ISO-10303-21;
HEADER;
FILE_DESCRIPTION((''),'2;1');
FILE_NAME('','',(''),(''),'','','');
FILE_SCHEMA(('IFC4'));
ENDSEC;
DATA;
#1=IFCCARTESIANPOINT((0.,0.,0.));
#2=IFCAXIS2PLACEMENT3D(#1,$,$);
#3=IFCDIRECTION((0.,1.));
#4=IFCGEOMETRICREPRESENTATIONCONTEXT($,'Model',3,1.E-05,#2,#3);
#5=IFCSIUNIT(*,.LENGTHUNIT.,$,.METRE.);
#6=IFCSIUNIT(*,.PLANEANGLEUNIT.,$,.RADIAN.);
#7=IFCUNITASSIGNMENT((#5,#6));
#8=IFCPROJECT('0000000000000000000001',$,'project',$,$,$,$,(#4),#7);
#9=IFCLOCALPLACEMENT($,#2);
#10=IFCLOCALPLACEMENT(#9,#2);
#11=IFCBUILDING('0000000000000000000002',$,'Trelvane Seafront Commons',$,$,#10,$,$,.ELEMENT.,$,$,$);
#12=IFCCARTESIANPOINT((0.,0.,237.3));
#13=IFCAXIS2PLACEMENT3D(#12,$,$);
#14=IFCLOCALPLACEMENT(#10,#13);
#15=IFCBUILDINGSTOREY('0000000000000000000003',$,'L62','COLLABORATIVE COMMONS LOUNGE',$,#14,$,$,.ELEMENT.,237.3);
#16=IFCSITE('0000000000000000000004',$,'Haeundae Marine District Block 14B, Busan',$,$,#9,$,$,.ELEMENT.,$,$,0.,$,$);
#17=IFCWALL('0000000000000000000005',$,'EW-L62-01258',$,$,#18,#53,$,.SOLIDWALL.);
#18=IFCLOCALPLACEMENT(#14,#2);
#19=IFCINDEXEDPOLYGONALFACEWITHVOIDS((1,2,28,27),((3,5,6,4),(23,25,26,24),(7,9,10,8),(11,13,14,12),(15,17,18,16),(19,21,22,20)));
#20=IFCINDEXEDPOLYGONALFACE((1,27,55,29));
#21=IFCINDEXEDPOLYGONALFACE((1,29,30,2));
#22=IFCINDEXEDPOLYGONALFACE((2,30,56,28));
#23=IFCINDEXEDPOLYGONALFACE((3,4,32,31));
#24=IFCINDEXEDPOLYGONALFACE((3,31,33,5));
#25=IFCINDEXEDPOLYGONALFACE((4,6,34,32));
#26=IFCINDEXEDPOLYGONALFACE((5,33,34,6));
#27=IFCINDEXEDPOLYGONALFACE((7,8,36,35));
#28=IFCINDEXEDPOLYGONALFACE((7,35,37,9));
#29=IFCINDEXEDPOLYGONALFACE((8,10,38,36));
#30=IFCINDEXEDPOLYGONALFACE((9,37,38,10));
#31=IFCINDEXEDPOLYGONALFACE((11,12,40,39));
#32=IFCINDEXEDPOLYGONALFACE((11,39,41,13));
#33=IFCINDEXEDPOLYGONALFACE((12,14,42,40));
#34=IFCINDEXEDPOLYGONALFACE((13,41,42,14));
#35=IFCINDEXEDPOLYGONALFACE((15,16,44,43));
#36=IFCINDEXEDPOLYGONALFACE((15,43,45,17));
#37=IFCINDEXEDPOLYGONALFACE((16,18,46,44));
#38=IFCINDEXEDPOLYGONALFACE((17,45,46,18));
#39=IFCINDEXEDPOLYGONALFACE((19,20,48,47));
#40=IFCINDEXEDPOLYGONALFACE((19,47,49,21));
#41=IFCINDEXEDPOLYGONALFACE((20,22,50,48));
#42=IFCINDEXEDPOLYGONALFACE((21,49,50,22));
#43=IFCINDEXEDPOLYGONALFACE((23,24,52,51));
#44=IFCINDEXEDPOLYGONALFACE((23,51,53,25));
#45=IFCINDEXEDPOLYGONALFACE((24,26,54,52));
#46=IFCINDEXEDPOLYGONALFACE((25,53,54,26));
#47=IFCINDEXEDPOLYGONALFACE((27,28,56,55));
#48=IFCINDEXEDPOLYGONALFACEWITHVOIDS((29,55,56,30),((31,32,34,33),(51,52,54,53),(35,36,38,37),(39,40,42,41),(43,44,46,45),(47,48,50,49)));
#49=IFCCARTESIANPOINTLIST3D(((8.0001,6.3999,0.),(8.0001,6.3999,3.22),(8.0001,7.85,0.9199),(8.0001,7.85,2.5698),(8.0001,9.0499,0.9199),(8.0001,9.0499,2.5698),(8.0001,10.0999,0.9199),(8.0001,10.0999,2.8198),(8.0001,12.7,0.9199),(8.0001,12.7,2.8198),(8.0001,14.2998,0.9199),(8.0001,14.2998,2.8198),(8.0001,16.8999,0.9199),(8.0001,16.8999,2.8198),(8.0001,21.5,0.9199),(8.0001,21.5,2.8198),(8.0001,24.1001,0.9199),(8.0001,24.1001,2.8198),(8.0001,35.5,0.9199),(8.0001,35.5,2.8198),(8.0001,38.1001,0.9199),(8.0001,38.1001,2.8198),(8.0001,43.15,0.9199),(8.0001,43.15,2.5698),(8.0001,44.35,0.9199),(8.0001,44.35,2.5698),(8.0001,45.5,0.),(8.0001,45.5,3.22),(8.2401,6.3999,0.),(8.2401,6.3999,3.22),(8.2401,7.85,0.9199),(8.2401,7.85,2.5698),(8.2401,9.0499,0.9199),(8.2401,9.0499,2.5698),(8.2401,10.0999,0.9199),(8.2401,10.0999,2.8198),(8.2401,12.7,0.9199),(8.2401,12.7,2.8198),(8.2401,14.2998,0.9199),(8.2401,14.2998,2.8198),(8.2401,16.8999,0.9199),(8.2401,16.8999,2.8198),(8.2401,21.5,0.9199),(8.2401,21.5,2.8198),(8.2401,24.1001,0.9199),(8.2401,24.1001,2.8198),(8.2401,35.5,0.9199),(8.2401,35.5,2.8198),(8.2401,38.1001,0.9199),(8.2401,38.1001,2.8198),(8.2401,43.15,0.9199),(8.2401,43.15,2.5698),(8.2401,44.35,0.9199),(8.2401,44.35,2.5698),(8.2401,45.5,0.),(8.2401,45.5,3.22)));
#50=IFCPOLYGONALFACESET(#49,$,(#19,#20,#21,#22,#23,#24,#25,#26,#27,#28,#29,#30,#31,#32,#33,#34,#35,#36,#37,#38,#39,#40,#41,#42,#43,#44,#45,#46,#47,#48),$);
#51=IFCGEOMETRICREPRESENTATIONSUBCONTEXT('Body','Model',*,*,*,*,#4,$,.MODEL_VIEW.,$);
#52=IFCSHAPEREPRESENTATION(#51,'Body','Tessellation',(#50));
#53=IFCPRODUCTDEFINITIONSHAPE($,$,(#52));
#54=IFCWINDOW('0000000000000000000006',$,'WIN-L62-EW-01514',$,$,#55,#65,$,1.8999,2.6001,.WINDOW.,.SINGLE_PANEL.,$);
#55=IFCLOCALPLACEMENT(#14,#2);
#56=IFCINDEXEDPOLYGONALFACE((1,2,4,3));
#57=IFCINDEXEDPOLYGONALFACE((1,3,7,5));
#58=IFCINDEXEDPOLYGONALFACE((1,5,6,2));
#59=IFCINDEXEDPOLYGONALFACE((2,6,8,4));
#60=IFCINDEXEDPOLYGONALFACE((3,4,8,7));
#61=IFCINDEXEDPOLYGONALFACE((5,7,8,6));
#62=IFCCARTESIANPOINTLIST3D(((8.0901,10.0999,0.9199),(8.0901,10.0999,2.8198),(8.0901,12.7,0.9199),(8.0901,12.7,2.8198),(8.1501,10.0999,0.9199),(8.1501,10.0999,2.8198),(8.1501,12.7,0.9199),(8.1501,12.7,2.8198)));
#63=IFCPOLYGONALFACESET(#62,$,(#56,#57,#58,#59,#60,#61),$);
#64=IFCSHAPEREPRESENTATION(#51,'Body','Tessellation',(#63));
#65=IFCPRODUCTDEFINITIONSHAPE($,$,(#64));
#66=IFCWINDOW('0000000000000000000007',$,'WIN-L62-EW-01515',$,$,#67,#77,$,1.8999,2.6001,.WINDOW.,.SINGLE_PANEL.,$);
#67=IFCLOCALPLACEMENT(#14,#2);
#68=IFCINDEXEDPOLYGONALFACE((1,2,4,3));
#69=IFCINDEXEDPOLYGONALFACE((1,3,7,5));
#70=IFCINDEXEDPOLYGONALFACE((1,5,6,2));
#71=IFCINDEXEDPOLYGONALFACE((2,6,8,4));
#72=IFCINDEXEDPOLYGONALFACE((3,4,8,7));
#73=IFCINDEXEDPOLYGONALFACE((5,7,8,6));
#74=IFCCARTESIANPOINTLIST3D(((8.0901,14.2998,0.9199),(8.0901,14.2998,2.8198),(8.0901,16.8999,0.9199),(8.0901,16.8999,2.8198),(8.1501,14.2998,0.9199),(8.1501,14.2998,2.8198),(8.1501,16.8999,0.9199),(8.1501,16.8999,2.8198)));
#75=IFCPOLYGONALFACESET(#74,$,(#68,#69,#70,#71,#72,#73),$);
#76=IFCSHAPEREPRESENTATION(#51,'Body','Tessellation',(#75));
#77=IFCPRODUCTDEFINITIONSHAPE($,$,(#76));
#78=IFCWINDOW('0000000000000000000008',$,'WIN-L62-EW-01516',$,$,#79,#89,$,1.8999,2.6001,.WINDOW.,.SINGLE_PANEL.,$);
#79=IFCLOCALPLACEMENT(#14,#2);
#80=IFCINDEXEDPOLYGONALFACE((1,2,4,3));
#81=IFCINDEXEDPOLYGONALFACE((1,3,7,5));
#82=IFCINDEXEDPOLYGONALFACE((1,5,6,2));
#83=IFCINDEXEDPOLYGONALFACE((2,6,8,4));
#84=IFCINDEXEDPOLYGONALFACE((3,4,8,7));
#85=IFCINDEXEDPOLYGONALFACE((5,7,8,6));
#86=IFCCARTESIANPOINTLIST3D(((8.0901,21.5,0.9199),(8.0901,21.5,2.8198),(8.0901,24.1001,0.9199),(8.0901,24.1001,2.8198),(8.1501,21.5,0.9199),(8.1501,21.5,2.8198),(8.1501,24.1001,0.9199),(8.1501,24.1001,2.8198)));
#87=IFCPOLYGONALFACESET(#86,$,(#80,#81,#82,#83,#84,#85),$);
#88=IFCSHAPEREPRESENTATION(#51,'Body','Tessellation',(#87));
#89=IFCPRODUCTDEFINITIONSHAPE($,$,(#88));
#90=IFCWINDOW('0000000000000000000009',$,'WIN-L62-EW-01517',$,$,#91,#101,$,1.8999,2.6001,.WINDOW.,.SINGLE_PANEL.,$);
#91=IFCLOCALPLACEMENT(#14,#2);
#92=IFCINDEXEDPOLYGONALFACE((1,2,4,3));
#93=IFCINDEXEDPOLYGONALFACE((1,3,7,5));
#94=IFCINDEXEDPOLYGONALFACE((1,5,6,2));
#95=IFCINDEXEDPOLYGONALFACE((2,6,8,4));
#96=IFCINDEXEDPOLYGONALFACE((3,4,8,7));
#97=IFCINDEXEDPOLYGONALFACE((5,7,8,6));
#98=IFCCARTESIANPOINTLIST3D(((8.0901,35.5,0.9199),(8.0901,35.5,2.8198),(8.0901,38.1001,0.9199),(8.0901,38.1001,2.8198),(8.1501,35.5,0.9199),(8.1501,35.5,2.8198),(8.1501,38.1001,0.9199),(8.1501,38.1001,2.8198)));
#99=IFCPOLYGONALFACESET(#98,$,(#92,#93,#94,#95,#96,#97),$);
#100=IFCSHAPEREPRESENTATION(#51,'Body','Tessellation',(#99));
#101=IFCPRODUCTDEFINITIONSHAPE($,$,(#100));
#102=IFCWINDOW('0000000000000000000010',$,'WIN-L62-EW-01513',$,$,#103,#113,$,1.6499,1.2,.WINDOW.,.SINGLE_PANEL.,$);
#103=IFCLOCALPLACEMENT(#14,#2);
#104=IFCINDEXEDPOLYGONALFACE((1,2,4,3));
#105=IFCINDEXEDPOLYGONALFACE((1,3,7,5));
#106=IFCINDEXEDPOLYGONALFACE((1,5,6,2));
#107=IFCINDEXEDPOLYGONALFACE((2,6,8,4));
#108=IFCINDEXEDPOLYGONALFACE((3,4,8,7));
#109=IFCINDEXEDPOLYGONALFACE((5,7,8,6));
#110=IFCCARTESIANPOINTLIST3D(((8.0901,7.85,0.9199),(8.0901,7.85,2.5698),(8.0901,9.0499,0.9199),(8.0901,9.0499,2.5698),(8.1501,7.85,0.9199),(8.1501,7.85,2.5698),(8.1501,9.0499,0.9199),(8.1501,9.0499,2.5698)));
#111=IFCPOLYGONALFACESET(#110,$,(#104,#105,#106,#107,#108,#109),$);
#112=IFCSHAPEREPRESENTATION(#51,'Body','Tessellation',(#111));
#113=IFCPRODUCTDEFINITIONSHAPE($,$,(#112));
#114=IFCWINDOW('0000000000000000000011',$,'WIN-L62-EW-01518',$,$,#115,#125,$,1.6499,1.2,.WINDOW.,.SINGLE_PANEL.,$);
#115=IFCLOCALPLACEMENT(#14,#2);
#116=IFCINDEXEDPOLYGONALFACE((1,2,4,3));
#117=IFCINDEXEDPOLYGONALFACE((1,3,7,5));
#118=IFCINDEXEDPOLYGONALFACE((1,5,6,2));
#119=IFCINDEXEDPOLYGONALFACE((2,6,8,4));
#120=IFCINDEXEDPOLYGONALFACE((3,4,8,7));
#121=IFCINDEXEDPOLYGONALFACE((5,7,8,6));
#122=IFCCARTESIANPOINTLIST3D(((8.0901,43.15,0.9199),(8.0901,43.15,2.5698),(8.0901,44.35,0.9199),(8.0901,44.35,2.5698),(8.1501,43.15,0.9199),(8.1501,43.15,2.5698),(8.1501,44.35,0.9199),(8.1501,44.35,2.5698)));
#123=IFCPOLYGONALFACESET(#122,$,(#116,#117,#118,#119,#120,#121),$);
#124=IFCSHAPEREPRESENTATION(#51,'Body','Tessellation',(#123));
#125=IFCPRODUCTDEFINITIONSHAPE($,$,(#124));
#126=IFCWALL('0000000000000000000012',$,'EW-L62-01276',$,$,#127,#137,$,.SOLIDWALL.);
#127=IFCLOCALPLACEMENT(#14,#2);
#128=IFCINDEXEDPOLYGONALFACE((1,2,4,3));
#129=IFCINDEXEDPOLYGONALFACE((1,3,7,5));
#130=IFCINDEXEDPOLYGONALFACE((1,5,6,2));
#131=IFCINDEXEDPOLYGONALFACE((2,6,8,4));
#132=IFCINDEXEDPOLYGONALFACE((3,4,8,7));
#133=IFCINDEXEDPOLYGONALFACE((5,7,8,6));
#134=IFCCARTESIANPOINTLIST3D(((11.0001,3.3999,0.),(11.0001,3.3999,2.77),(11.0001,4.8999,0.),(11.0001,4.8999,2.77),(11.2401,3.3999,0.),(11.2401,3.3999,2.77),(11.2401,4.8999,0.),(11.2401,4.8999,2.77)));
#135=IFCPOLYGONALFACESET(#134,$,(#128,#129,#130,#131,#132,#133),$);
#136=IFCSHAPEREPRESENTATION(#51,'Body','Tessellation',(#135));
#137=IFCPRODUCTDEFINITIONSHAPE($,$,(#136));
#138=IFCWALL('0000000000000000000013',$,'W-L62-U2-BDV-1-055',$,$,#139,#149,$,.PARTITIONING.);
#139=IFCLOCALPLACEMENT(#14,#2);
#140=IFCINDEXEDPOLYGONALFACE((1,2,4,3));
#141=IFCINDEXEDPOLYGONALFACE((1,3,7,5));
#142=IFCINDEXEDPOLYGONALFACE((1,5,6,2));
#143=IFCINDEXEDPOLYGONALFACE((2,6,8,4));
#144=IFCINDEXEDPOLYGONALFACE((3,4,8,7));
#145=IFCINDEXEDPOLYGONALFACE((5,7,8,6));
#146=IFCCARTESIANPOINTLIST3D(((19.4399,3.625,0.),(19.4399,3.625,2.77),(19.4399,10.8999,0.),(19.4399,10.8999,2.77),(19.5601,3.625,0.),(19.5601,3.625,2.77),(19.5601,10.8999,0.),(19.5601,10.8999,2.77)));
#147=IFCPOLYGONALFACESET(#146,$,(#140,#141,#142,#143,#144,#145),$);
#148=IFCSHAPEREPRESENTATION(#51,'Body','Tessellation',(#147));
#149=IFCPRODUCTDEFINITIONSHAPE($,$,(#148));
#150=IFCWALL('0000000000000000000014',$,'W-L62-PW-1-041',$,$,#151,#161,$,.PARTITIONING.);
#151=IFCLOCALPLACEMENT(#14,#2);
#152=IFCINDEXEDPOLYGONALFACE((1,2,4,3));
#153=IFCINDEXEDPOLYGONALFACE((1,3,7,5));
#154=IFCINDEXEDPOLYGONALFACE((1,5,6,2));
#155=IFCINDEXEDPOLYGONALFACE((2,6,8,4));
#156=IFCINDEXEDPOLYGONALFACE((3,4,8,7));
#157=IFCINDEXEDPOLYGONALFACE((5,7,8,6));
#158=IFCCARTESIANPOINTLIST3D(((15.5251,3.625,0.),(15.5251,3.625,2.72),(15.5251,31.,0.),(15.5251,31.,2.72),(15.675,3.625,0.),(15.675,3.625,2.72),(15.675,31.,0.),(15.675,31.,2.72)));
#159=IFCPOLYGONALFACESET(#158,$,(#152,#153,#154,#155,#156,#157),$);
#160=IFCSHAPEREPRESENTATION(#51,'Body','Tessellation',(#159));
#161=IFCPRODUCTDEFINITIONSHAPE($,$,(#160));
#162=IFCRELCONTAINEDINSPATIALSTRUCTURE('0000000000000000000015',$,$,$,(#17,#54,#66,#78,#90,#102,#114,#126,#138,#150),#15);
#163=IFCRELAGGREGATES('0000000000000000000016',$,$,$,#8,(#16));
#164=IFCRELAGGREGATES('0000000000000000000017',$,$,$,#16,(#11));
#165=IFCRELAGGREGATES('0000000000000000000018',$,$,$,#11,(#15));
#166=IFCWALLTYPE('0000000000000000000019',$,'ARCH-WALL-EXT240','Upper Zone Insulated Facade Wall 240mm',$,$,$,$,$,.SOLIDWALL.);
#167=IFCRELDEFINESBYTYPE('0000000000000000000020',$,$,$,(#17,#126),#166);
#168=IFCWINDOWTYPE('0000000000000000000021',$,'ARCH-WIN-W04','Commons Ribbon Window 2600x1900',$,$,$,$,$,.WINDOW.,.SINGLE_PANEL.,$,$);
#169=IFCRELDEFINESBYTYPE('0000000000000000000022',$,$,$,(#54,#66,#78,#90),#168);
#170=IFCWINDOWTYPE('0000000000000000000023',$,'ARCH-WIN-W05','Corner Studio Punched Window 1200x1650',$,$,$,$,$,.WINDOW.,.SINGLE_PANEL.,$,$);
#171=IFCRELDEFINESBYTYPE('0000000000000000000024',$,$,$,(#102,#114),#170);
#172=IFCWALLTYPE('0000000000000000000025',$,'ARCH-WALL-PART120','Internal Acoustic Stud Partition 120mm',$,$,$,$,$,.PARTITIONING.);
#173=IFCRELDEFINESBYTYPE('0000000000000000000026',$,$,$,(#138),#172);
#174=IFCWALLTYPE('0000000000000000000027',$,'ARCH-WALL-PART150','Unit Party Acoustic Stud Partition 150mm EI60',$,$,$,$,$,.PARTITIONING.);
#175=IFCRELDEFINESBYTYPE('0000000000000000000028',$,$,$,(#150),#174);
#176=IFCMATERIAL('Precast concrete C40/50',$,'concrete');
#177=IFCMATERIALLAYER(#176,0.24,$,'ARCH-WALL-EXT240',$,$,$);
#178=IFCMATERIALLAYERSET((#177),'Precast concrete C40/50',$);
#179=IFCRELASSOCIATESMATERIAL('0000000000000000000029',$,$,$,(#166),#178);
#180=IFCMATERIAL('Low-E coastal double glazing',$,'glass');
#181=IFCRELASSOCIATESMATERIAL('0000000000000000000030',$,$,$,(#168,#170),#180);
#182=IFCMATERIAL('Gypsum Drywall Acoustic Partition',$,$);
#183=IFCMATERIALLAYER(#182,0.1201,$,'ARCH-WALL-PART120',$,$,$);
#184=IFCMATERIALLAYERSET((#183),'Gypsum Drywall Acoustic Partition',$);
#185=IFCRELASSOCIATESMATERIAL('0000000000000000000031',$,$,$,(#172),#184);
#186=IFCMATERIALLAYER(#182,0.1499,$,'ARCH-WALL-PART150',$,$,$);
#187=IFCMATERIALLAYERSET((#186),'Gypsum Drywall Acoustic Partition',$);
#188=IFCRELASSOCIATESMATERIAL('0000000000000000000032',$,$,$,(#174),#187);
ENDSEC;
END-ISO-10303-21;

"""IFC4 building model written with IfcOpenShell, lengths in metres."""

from ifc_helpers import new_model, si_unit, direction, frame, frame_2d, origin, place, context, subcontext, project, spatial, rectangle, extrude, source, transform, mapped, material, layer, layer_set, type_object, element, fill, save


model = new_model("IFC4")

# Units and contexts
model_context = context("Model", 3, precision=1e-05, world=origin(), true_north=direction((0.0, 1.0)))
body_context = subcontext(model_context, "Body", "Model", "MODEL_VIEW")
ifc_project = project(units=[si_unit("LENGTHUNIT", "METRE"), si_unit("PLANEANGLEUNIT", "RADIAN")], contexts=[model_context])

# Site, building, storey
site_placement = place(None, origin())
site = spatial("IfcSite", under=ifc_project, at=site_placement, Name="Haeundae Marine District Block 14B, Busan", CompositionType="ELEMENT", RefElevation=0.0)
building_placement = place(site_placement, origin())
building = spatial("IfcBuilding", under=site, at=building_placement, Name="Trelvane Seafront Commons", CompositionType="ELEMENT")
storey_placement = place(building_placement, frame((0.0, 0.0, 237.3)))
storey = spatial("IfcBuildingStorey", under=building, at=storey_placement, Name="L62", Description="COLLABORATIVE COMMONS LOUNGE", CompositionType="ELEMENT", Elevation=237.3)

# Shared definitions
ifc_material_1 = material(Name="Precast concrete C40/50", Category="concrete")
ifc_layer_1 = layer(ifc_material_1, 0.24, Name="ARCH-WALL-EXT240")
ifc_layer_set_1 = layer_set([ifc_layer_1], Name="Precast concrete C40/50")
wall_type_1 = type_object("IfcWallType", Name="ARCH-WALL-EXT240", Description="Upper Zone Insulated Facade Wall 240mm", PredefinedType="SOLIDWALL", material=ifc_layer_set_1)

# Wall, openings, windows
wall_1_placement = place(storey_placement, frame((8.1201, 6.3999, 0.0), z_axis=(0.0, 0.0, 1.0), x_axis=(0.0, 1.0, 0.0)))
wall_1 = element("IfcWall", 1, at=wall_1_placement, inside=storey, type_object=wall_type_1, Name="EW-L62-01258", PredefinedType="SOLIDWALL", context=body_context, shape_type="SweptSolid", body=[
    extrude(rectangle(XDim=39.1001, YDim=0.24, at=frame_2d((19.55, 0.0))), origin(), (0.0, 0.0, 1.0), 3.22),
])
opening_1_placement = place(wall_1_placement, frame((1.45, 0.0, 0.9199)))
opening_1 = element("IfcOpeningElement", 2, at=opening_1_placement, cuts=wall_1, PredefinedType="OPENING", context=body_context, shape_type="SweptSolid", body=[
    extrude(rectangle(XDim=1.2, YDim=1.6499, at=frame_2d((0.6001, 0.825))), frame((0.0, 0.1299, 0.0), z_axis=(0.0, -1.0, 0.0), x_axis=(1.0, 0.0, 0.0)), (0.0, 0.0, 1.0), 0.26),
])
opening_2_placement = place(wall_1_placement, frame((3.7, 0.0, 0.9199)))
opening_2 = element("IfcOpeningElement", 3, at=opening_2_placement, cuts=wall_1, PredefinedType="OPENING", context=body_context, shape_type="SweptSolid", body=[
    extrude(rectangle(XDim=2.6001, YDim=1.8999, at=frame_2d((1.3, 0.95))), frame((0.0, 0.1299, 0.0), z_axis=(0.0, -1.0, 0.0), x_axis=(1.0, 0.0, 0.0)), (0.0, 0.0, 1.0), 0.26),
])
opening_3_placement = place(wall_1_placement, frame((7.8999, 0.0, 0.9199)))
opening_3 = element("IfcOpeningElement", 4, at=opening_3_placement, cuts=wall_1, PredefinedType="OPENING", context=body_context, shape_type="SweptSolid", body=[
    extrude(rectangle(XDim=2.6001, YDim=1.8999, at=frame_2d((1.3, 0.95))), frame((0.0, 0.1299, 0.0), z_axis=(0.0, -1.0, 0.0), x_axis=(1.0, 0.0, 0.0)), (0.0, 0.0, 1.0), 0.26),
])
opening_4_placement = place(wall_1_placement, frame((15.1001, 0.0, 0.9199)))
opening_4 = element("IfcOpeningElement", 5, at=opening_4_placement, cuts=wall_1, PredefinedType="OPENING", context=body_context, shape_type="SweptSolid", body=[
    extrude(rectangle(XDim=2.6001, YDim=1.8999, at=frame_2d((1.3, 0.95))), frame((0.0, 0.1299, 0.0), z_axis=(0.0, -1.0, 0.0), x_axis=(1.0, 0.0, 0.0)), (0.0, 0.0, 1.0), 0.26),
])
opening_5_placement = place(wall_1_placement, frame((29.1001, 0.0, 0.9199)))
opening_5 = element("IfcOpeningElement", 6, at=opening_5_placement, cuts=wall_1, PredefinedType="OPENING", context=body_context, shape_type="SweptSolid", body=[
    extrude(rectangle(XDim=2.6001, YDim=1.8999, at=frame_2d((1.3, 0.95))), frame((0.0, 0.1299, 0.0), z_axis=(0.0, -1.0, 0.0), x_axis=(1.0, 0.0, 0.0)), (0.0, 0.0, 1.0), 0.26),
])
opening_6_placement = place(wall_1_placement, frame((36.75, 0.0, 0.9199)))
opening_6 = element("IfcOpeningElement", 7, at=opening_6_placement, cuts=wall_1, PredefinedType="OPENING", context=body_context, shape_type="SweptSolid", body=[
    extrude(rectangle(XDim=1.2, YDim=1.6499, at=frame_2d((0.6001, 0.825))), frame((0.0, 0.1299, 0.0), z_axis=(0.0, -1.0, 0.0), x_axis=(1.0, 0.0, 0.0)), (0.0, 0.0, 1.0), 0.26),
])
ifc_material_2 = material(Name="Low-E coastal double glazing", Category="glass")
window_type_1 = type_object("IfcWindowType", Name="ARCH-WIN-W04", Description="Commons Ribbon Window 2600x1900", PartitioningType="SINGLE_PANEL", PredefinedType="WINDOW", material=ifc_material_2)
shared_shape_1 = source(origin(), body_context, "Body", "SweptSolid", [
    extrude(rectangle(XDim=2.6001, YDim=1.8999, at=frame_2d((1.3, 0.95))), frame((0.0, 0.03, 0.0), z_axis=(0.0, -1.0, 0.0), x_axis=(1.0, 0.0, 0.0)), (0.0, 0.0, 1.0), 0.0601),
])
window_1_placement = place(opening_2_placement, origin())
window_1 = element("IfcWindow", 8, at=window_1_placement, inside=storey, type_object=window_type_1, Name="WIN-L62-EW-01514", OverallHeight=1.8999, OverallWidth=2.6001, PartitioningType="SINGLE_PANEL", PredefinedType="WINDOW", context=body_context, shape_type="MappedRepresentation", body=[
    mapped(shared_shape_1, transform((0.0, 0.0, 0.0), x_axis=(1.0, 0.0, 0.0), y_axis=(0.0, 1.0, 0.0), z_axis=(0.0, 0.0, 1.0), scale=1.0)),
])
fill(opening_2, window_1)
window_2_placement = place(opening_3_placement, origin())
window_2 = element("IfcWindow", 9, at=window_2_placement, inside=storey, type_object=window_type_1, Name="WIN-L62-EW-01515", OverallHeight=1.8999, OverallWidth=2.6001, PartitioningType="SINGLE_PANEL", PredefinedType="WINDOW", context=body_context, shape_type="MappedRepresentation", body=[
    mapped(shared_shape_1, transform((0.0, 0.0, 0.0), x_axis=(1.0, 0.0, 0.0), y_axis=(0.0, 1.0, 0.0), z_axis=(0.0, 0.0, 1.0), scale=1.0)),
])
fill(opening_3, window_2)
window_3_placement = place(opening_4_placement, origin())
window_3 = element("IfcWindow", 10, at=window_3_placement, inside=storey, type_object=window_type_1, Name="WIN-L62-EW-01516", OverallHeight=1.8999, OverallWidth=2.6001, PartitioningType="SINGLE_PANEL", PredefinedType="WINDOW", context=body_context, shape_type="MappedRepresentation", body=[
    mapped(shared_shape_1, transform((0.0, 0.0, 0.0), x_axis=(1.0, 0.0, 0.0), y_axis=(0.0, 1.0, 0.0), z_axis=(0.0, 0.0, 1.0), scale=1.0)),
])
fill(opening_4, window_3)
window_4_placement = place(opening_5_placement, origin())
window_4 = element("IfcWindow", 11, at=window_4_placement, inside=storey, type_object=window_type_1, Name="WIN-L62-EW-01517", OverallHeight=1.8999, OverallWidth=2.6001, PartitioningType="SINGLE_PANEL", PredefinedType="WINDOW", context=body_context, shape_type="MappedRepresentation", body=[
    mapped(shared_shape_1, transform((0.0, 0.0, 0.0), x_axis=(1.0, 0.0, 0.0), y_axis=(0.0, 1.0, 0.0), z_axis=(0.0, 0.0, 1.0), scale=1.0)),
])
fill(opening_5, window_4)
window_type_2 = type_object("IfcWindowType", Name="ARCH-WIN-W05", Description="Corner Studio Punched Window 1200x1650", PartitioningType="SINGLE_PANEL", PredefinedType="WINDOW", material=ifc_material_2)
shared_shape_2 = source(origin(), body_context, "Body", "SweptSolid", [
    extrude(rectangle(XDim=1.2, YDim=1.6499, at=frame_2d((0.6001, 0.825))), frame((0.0, 0.03, 0.0), z_axis=(0.0, -1.0, 0.0), x_axis=(1.0, 0.0, 0.0)), (0.0, 0.0, 1.0), 0.0601),
])
window_5_placement = place(opening_1_placement, origin())
window_5 = element("IfcWindow", 12, at=window_5_placement, inside=storey, type_object=window_type_2, Name="WIN-L62-EW-01513", OverallHeight=1.6499, OverallWidth=1.2, PartitioningType="SINGLE_PANEL", PredefinedType="WINDOW", context=body_context, shape_type="MappedRepresentation", body=[
    mapped(shared_shape_2, transform((0.0, 0.0, 0.0), x_axis=(1.0, 0.0, 0.0), y_axis=(0.0, 1.0, 0.0), z_axis=(0.0, 0.0, 1.0), scale=1.0)),
])
fill(opening_1, window_5)
window_6_placement = place(opening_6_placement, origin())
window_6 = element("IfcWindow", 13, at=window_6_placement, inside=storey, type_object=window_type_2, Name="WIN-L62-EW-01518", OverallHeight=1.6499, OverallWidth=1.2, PartitioningType="SINGLE_PANEL", PredefinedType="WINDOW", context=body_context, shape_type="MappedRepresentation", body=[
    mapped(shared_shape_2, transform((0.0, 0.0, 0.0), x_axis=(1.0, 0.0, 0.0), y_axis=(0.0, 1.0, 0.0), z_axis=(0.0, 0.0, 1.0), scale=1.0)),
])
fill(opening_6, window_6)

# Wall
wall_2_placement = place(storey_placement, frame((11.1201, 3.3999, 0.0), z_axis=(0.0, 0.0, 1.0), x_axis=(0.0, 1.0, 0.0)))
element("IfcWall", 14, at=wall_2_placement, inside=storey, type_object=wall_type_1, Name="EW-L62-01276", PredefinedType="SOLIDWALL", context=body_context, shape_type="SweptSolid", body=[
    extrude(rectangle(XDim=1.5, YDim=0.24, at=frame_2d((0.75, 0.0))), origin(), (0.0, 0.0, 1.0), 2.77),
])

# Shared definitions
ifc_material_3 = material(Name="Gypsum Drywall Acoustic Partition")
ifc_layer_2 = layer(ifc_material_3, 0.1201, Name="ARCH-WALL-PART120")
ifc_layer_set_2 = layer_set([ifc_layer_2], Name="Gypsum Drywall Acoustic Partition")
wall_type_2 = type_object("IfcWallType", Name="ARCH-WALL-PART120", Description="Internal Acoustic Stud Partition 120mm", PredefinedType="PARTITIONING", material=ifc_layer_set_2)

# Walls
wall_3_placement = place(storey_placement, frame((19.5, 3.625, 0.0), z_axis=(0.0, 0.0, 1.0), x_axis=(0.0, 1.0, 0.0)))
element("IfcWall", 15, at=wall_3_placement, inside=storey, type_object=wall_type_2, Name="W-L62-U2-BDV-1-055", PredefinedType="PARTITIONING", context=body_context, shape_type="SweptSolid", body=[
    extrude(rectangle(XDim=7.2749, YDim=0.1201, at=frame_2d((3.6375, 0.0))), origin(), (0.0, 0.0, 1.0), 2.77),
])
ifc_layer_3 = layer(ifc_material_3, 0.1499, Name="ARCH-WALL-PART150")
ifc_layer_set_3 = layer_set([ifc_layer_3], Name="Gypsum Drywall Acoustic Partition")
wall_type_3 = type_object("IfcWallType", Name="ARCH-WALL-PART150", Description="Unit Party Acoustic Stud Partition 150mm EI60", PredefinedType="PARTITIONING", material=ifc_layer_set_3)
wall_4_placement = place(storey_placement, frame((15.6001, 3.625, 0.0), z_axis=(0.0, 0.0, 1.0), x_axis=(0.0, 1.0, 0.0)))
element("IfcWall", 16, at=wall_4_placement, inside=storey, type_object=wall_type_3, Name="W-L62-PW-1-041", PredefinedType="PARTITIONING", context=body_context, shape_type="SweptSolid", body=[
    extrude(rectangle(XDim=27.375, YDim=0.1499, at=frame_2d((13.6875, 0.0))), origin(), (0.0, 0.0, 1.0), 2.72),
])

save(model, "model.ifc")
